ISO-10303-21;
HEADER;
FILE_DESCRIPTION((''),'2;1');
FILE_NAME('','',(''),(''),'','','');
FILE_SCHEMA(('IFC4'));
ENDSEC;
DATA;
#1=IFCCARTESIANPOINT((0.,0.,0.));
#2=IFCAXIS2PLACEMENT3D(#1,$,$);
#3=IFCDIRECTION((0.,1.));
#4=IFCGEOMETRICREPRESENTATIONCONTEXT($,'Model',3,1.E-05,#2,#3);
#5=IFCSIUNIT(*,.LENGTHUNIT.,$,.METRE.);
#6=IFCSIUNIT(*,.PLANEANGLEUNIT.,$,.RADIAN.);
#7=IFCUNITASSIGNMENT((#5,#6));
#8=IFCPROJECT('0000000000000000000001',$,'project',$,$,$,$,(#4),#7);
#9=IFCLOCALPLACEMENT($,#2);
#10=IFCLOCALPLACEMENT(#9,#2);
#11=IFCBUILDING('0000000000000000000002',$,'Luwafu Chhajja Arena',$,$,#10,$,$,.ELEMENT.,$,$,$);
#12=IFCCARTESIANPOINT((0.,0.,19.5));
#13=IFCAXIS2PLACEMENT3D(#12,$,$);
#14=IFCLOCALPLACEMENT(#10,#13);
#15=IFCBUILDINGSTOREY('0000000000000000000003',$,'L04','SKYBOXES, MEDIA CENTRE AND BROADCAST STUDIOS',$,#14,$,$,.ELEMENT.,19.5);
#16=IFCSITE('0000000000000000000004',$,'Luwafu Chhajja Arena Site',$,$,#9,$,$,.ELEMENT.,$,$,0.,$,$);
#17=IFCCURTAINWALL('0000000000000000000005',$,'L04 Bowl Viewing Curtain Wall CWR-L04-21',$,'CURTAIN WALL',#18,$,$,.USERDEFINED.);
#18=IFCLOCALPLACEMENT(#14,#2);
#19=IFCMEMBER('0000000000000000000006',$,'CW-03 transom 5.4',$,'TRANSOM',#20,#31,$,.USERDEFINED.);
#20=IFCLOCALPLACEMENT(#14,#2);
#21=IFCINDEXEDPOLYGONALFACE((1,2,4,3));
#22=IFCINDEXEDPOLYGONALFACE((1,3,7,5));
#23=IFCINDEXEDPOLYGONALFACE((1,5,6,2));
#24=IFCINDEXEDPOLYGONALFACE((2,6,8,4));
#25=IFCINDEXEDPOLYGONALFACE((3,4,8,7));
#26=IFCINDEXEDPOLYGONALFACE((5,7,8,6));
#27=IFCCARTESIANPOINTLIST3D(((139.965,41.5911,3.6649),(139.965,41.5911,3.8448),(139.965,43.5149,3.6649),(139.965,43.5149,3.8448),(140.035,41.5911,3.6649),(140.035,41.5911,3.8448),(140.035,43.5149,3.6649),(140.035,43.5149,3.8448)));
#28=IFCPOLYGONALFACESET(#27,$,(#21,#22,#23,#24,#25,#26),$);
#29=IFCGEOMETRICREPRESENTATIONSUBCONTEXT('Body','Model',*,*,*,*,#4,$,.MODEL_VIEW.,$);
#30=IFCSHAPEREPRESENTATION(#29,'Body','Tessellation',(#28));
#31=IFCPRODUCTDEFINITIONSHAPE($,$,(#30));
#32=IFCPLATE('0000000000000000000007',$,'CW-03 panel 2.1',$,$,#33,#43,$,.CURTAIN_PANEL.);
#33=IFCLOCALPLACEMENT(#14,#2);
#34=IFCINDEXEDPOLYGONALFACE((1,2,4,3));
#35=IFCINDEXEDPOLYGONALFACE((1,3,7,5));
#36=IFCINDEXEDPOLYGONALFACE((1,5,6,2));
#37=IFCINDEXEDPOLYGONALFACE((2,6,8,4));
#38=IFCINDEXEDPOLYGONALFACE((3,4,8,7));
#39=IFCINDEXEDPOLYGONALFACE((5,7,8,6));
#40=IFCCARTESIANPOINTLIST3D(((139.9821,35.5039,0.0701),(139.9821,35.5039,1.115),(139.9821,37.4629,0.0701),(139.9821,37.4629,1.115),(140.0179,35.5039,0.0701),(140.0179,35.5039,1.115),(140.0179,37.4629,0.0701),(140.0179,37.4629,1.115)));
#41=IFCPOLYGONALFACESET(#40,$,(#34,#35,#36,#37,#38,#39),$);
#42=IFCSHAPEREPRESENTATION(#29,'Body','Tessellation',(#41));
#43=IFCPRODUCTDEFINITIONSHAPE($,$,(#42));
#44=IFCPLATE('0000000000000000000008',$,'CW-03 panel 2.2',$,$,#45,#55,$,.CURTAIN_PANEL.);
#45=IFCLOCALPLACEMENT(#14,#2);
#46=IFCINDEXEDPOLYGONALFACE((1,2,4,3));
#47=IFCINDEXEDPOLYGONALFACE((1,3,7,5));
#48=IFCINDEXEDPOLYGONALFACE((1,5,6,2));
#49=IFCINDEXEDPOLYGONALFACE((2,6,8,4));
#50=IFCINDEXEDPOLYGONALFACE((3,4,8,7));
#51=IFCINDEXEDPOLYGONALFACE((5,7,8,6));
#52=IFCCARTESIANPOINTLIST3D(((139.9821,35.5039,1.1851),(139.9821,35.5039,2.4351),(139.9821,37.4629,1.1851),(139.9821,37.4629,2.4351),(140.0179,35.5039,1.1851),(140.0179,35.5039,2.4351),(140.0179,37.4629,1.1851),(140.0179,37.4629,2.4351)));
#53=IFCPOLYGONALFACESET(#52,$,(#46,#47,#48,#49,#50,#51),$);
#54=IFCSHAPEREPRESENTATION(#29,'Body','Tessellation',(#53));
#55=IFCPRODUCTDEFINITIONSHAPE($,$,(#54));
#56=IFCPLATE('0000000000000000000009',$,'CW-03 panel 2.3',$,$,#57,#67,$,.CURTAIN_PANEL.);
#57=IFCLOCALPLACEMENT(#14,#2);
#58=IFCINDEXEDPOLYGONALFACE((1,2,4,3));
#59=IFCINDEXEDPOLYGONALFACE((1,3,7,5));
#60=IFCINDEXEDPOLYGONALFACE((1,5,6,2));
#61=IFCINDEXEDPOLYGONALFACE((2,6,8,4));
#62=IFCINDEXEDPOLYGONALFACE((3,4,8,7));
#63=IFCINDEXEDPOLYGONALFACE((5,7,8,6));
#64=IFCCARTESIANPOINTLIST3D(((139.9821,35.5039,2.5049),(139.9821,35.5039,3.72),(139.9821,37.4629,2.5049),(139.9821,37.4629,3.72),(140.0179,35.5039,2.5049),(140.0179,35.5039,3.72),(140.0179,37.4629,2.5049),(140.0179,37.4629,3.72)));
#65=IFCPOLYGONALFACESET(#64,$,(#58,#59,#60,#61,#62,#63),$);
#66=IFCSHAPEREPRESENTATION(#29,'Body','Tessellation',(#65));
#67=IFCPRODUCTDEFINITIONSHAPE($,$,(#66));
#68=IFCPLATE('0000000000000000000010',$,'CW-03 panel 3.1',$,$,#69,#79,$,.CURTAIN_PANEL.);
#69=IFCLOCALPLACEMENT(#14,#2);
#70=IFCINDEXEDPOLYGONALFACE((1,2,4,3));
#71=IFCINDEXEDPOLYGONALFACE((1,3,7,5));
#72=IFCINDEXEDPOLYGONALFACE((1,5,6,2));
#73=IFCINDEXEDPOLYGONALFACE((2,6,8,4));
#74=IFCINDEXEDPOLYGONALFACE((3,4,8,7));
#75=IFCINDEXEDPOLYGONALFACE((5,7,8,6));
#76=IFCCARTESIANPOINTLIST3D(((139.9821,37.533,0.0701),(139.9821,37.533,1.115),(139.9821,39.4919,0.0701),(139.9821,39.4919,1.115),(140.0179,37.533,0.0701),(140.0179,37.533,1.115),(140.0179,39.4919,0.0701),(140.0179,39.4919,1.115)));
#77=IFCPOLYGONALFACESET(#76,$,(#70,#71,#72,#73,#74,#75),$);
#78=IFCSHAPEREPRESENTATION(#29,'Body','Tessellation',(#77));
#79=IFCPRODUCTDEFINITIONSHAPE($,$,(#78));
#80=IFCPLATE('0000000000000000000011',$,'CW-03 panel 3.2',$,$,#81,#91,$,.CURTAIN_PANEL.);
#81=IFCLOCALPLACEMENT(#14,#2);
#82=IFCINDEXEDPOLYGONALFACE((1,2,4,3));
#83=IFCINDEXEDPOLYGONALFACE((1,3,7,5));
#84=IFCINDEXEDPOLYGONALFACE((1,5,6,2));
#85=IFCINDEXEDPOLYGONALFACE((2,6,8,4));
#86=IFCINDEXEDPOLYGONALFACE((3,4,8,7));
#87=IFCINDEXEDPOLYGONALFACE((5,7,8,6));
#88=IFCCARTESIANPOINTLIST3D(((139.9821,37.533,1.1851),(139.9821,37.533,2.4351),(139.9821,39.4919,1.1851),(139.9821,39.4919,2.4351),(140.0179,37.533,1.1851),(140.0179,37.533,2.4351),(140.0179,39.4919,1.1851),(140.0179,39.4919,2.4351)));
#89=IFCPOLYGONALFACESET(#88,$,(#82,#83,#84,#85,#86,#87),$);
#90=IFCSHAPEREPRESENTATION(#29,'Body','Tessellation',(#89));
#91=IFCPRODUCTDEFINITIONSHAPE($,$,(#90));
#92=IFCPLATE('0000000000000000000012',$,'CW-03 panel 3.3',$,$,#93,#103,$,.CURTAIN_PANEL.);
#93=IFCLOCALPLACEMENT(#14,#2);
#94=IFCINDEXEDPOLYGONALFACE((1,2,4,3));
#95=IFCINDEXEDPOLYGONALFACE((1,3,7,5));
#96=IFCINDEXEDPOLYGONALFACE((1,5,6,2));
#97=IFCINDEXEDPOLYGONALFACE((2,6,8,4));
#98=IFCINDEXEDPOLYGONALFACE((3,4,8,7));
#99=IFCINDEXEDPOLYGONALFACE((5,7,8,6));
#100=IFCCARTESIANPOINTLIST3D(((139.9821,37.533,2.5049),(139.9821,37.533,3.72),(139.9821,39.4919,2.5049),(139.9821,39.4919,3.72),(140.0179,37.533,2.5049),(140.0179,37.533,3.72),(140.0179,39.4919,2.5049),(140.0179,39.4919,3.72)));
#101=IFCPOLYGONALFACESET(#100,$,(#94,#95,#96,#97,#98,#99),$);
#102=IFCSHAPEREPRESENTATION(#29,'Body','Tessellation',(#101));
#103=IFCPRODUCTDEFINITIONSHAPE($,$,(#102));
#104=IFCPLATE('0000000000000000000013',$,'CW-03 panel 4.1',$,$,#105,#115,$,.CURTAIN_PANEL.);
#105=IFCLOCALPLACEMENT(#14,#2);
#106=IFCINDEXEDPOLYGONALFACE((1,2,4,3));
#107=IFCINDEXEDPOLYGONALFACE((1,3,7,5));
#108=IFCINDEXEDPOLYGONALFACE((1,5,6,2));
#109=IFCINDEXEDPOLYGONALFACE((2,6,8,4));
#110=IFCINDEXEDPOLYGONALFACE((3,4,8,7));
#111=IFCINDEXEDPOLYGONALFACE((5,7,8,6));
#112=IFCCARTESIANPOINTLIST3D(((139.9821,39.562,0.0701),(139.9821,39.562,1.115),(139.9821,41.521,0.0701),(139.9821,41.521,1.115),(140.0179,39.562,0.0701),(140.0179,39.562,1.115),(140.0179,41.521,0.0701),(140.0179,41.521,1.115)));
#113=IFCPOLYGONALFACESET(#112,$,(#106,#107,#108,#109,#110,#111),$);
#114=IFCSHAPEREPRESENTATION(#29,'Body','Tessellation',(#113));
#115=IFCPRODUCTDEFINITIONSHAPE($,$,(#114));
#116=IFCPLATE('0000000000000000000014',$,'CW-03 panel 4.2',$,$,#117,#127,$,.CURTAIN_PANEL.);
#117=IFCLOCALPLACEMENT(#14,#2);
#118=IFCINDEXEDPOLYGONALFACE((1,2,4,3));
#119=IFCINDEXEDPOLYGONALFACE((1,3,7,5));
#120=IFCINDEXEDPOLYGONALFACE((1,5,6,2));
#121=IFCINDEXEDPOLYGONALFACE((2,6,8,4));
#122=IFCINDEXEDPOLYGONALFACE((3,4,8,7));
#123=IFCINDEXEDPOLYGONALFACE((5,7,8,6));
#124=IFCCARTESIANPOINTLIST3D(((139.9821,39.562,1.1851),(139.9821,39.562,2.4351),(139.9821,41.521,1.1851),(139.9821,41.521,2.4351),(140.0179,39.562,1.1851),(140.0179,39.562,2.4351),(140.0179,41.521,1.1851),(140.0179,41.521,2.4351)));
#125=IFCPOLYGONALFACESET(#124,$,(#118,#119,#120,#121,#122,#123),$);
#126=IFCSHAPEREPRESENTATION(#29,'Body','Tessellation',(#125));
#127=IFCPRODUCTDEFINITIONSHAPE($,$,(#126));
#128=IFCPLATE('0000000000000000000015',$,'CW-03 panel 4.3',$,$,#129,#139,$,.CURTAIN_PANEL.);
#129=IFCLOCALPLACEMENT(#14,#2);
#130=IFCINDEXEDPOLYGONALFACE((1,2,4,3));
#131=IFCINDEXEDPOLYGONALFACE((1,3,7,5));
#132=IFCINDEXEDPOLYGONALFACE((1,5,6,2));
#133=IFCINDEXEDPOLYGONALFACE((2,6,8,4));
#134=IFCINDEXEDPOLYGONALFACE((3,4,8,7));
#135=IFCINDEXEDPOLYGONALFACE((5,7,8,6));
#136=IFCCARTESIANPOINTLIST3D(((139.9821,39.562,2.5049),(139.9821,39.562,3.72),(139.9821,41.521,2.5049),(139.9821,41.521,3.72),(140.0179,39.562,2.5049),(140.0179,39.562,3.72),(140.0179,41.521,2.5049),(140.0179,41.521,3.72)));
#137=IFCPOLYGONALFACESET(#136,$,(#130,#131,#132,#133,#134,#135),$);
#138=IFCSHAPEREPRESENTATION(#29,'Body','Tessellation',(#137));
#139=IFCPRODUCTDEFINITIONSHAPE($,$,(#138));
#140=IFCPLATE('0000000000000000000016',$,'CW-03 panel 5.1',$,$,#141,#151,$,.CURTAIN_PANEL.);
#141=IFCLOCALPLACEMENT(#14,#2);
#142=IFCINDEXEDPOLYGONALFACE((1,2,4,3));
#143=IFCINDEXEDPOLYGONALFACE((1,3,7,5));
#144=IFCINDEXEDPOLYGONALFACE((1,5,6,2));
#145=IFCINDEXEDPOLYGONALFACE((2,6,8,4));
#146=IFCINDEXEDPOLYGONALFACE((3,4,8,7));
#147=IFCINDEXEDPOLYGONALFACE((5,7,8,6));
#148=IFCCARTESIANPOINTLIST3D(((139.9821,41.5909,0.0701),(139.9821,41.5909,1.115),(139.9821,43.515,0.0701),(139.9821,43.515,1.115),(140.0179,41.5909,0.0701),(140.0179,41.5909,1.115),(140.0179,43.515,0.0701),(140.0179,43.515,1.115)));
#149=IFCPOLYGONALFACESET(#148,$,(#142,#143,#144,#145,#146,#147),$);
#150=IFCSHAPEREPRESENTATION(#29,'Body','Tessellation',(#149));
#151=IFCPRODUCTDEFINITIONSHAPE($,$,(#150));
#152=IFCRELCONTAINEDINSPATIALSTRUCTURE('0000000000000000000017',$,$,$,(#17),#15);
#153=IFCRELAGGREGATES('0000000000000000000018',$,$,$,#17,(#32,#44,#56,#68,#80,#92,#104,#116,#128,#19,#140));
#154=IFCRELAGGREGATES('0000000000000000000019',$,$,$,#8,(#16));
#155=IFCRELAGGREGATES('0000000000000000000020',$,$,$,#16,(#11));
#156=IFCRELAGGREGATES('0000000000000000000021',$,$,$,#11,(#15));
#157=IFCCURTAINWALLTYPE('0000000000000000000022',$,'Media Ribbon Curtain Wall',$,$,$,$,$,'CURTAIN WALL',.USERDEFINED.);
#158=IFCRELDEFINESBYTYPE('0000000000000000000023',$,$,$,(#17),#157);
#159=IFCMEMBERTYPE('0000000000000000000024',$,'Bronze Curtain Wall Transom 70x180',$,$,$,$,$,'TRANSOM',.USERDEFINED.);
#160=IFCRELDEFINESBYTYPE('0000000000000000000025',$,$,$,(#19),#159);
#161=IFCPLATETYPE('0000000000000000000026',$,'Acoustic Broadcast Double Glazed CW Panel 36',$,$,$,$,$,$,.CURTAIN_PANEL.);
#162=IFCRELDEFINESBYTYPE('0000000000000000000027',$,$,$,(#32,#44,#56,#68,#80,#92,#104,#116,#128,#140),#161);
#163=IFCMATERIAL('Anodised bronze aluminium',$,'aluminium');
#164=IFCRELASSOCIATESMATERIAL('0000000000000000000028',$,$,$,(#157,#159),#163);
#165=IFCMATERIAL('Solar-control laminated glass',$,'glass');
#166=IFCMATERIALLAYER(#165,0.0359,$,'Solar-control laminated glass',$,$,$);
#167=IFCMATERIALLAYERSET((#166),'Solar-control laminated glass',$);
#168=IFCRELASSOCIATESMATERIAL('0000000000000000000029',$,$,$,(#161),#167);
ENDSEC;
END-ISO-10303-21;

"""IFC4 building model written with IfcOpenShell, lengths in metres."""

from ifc_helpers import new_model, si_unit, direction, frame, origin, origin_2d, place, context, subcontext, project, spatial, rectangle, extrude, material, layer, layer_set, material_profile, profile_set, type_object, element, aggregate, save


model = new_model("IFC4")

# Units and contexts
model_context = context("Model", 3, precision=1e-05, world=origin(), true_north=direction((0.0, 1.0)))
body_context = subcontext(model_context, "Body", "Model", "MODEL_VIEW")
ifc_project = project(units=[si_unit("LENGTHUNIT", "METRE"), si_unit("PLANEANGLEUNIT", "RADIAN")], contexts=[model_context])

# Site, building, storey
site_placement = place(None, origin())
site = spatial("IfcSite", under=ifc_project, at=site_placement, Name="Luwafu Chhajja Arena Site", CompositionType="ELEMENT", RefElevation=0.0)
building_placement = place(site_placement, origin())
building = spatial("IfcBuilding", under=site, at=building_placement, Name="Luwafu Chhajja Arena", CompositionType="ELEMENT")
storey_placement = place(building_placement, frame((0.0, 0.0, 19.5)))
storey = spatial("IfcBuildingStorey", under=building, at=storey_placement, Name="L04", Description="SKYBOXES, MEDIA CENTRE AND BROADCAST STUDIOS", CompositionType="ELEMENT", Elevation=19.5)

# Curtain wall, member, plates
ifc_material_1 = material(Name="Anodised bronze aluminium", Category="aluminium")
curtain_wall_type = type_object("IfcCurtainWallType", Name="Media Ribbon Curtain Wall", ElementType="CURTAIN WALL", PredefinedType="USERDEFINED", material=ifc_material_1)
curtain_wall_placement = place(storey_placement, origin())
curtain_wall = element("IfcCurtainWall", 1, at=curtain_wall_placement, inside=storey, type_object=curtain_wall_type, Name="L04 Bowl Viewing Curtain Wall CWR-L04-21", ObjectType="CURTAIN WALL", PredefinedType="USERDEFINED")
ifc_material_profile_1 = material_profile(ifc_material_1, rectangle(XDim=0.0701, YDim=0.1799, at=origin_2d()), Name="CWT 70x180")
ifc_profile_set_1 = profile_set([ifc_material_profile_1], Name="Anodised bronze aluminium")
member_type_1 = type_object("IfcMemberType", Name="Bronze Curtain Wall Transom 70x180", ElementType="TRANSOM", PredefinedType="USERDEFINED", material=ifc_profile_set_1)
member_1_placement = place(storey_placement, frame((140.0, 41.5911, 3.7549), z_axis=(0.0, 1.0, 0.0), x_axis=(-1.0, 0.0, 0.0)))
member_1 = element("IfcMember", 2, at=member_1_placement, type_object=member_type_1, Name="CW-03 transom 5.4", ObjectType="TRANSOM", PredefinedType="USERDEFINED", context=body_context, shape_type="SweptSolid", body=[
    extrude(rectangle(XDim=0.0701, YDim=0.1799, at=origin_2d()), origin(), (0.0, 0.0, 1.0), 1.9238),
])
ifc_material_2 = material(Name="Solar-control laminated glass", Category="glass")
ifc_layer = layer(ifc_material_2, 0.0359, Name="Solar-control laminated glass")
ifc_layer_set = layer_set([ifc_layer], Name="Solar-control laminated glass")
plate_type = type_object("IfcPlateType", Name="Acoustic Broadcast Double Glazed CW Panel 36", PredefinedType="CURTAIN_PANEL", material=ifc_layer_set)
plate_1_placement = place(storey_placement, frame((140.0, 36.4834, 0.0701), z_axis=(0.0, 0.0, 1.0), x_axis=(0.0, 1.0, 0.0)))
plate_1 = element("IfcPlate", 3, at=plate_1_placement, type_object=plate_type, Name="CW-03 panel 2.1", PredefinedType="CURTAIN_PANEL", context=body_context, shape_type="SweptSolid", body=[
    extrude(rectangle(XDim=1.959, YDim=0.0359, at=origin_2d()), origin(), (0.0, 0.0, 1.0), 1.0449),
])
plate_2_placement = place(storey_placement, frame((140.0, 36.4834, 1.1851), z_axis=(0.0, 0.0, 1.0), x_axis=(0.0, 1.0, 0.0)))
plate_2 = element("IfcPlate", 4, at=plate_2_placement, type_object=plate_type, Name="CW-03 panel 2.2", PredefinedType="CURTAIN_PANEL", context=body_context, shape_type="SweptSolid", body=[
    extrude(rectangle(XDim=1.959, YDim=0.0359, at=origin_2d()), origin(), (0.0, 0.0, 1.0), 1.25),
])
plate_3_placement = place(storey_placement, frame((140.0, 36.4834, 2.5049), z_axis=(0.0, 0.0, 1.0), x_axis=(0.0, 1.0, 0.0)))
plate_3 = element("IfcPlate", 5, at=plate_3_placement, type_object=plate_type, Name="CW-03 panel 2.3", PredefinedType="CURTAIN_PANEL", context=body_context, shape_type="SweptSolid", body=[
    extrude(rectangle(XDim=1.959, YDim=0.0359, at=origin_2d()), origin(), (0.0, 0.0, 1.0), 1.2151),
])
plate_4_placement = place(storey_placement, frame((140.0, 38.5125, 0.0701), z_axis=(0.0, 0.0, 1.0), x_axis=(0.0, 1.0, 0.0)))
plate_4 = element("IfcPlate", 6, at=plate_4_placement, type_object=plate_type, Name="CW-03 panel 3.1", PredefinedType="CURTAIN_PANEL", context=body_context, shape_type="SweptSolid", body=[
    extrude(rectangle(XDim=1.959, YDim=0.0359, at=origin_2d()), origin(), (0.0, 0.0, 1.0), 1.0449),
])
plate_5_placement = place(storey_placement, frame((140.0, 38.5125, 1.1851), z_axis=(0.0, 0.0, 1.0), x_axis=(0.0, 1.0, 0.0)))
plate_5 = element("IfcPlate", 7, at=plate_5_placement, type_object=plate_type, Name="CW-03 panel 3.2", PredefinedType="CURTAIN_PANEL", context=body_context, shape_type="SweptSolid", body=[
    extrude(rectangle(XDim=1.959, YDim=0.0359, at=origin_2d()), origin(), (0.0, 0.0, 1.0), 1.25),
])
plate_6_placement = place(storey_placement, frame((140.0, 38.5125, 2.5049), z_axis=(0.0, 0.0, 1.0), x_axis=(0.0, 1.0, 0.0)))
plate_6 = element("IfcPlate", 8, at=plate_6_placement, type_object=plate_type, Name="CW-03 panel 3.3", PredefinedType="CURTAIN_PANEL", context=body_context, shape_type="SweptSolid", body=[
    extrude(rectangle(XDim=1.959, YDim=0.0359, at=origin_2d()), origin(), (0.0, 0.0, 1.0), 1.2151),
])
plate_7_placement = place(storey_placement, frame((140.0, 40.5415, 0.0701), z_axis=(0.0, 0.0, 1.0), x_axis=(0.0, 1.0, 0.0)))
plate_7 = element("IfcPlate", 9, at=plate_7_placement, type_object=plate_type, Name="CW-03 panel 4.1", PredefinedType="CURTAIN_PANEL", context=body_context, shape_type="SweptSolid", body=[
    extrude(rectangle(XDim=1.959, YDim=0.0359, at=origin_2d()), origin(), (0.0, 0.0, 1.0), 1.0449),
])
plate_8_placement = place(storey_placement, frame((140.0, 40.5415, 1.1851), z_axis=(0.0, 0.0, 1.0), x_axis=(0.0, 1.0, 0.0)))
plate_8 = element("IfcPlate", 10, at=plate_8_placement, type_object=plate_type, Name="CW-03 panel 4.2", PredefinedType="CURTAIN_PANEL", context=body_context, shape_type="SweptSolid", body=[
    extrude(rectangle(XDim=1.959, YDim=0.0359, at=origin_2d()), origin(), (0.0, 0.0, 1.0), 1.25),
])
plate_9_placement = place(storey_placement, frame((140.0, 40.5415, 2.5049), z_axis=(0.0, 0.0, 1.0), x_axis=(0.0, 1.0, 0.0)))
plate_9 = element("IfcPlate", 11, at=plate_9_placement, type_object=plate_type, Name="CW-03 panel 4.3", PredefinedType="CURTAIN_PANEL", context=body_context, shape_type="SweptSolid", body=[
    extrude(rectangle(XDim=1.959, YDim=0.0359, at=origin_2d()), origin(), (0.0, 0.0, 1.0), 1.2151),
])
plate_10_placement = place(storey_placement, frame((140.0, 42.553, 0.0701), z_axis=(0.0, 0.0, 1.0), x_axis=(0.0, 1.0, 0.0)))
plate_10 = element("IfcPlate", 12, at=plate_10_placement, type_object=plate_type, Name="CW-03 panel 5.1", PredefinedType="CURTAIN_PANEL", context=body_context, shape_type="SweptSolid", body=[
    extrude(rectangle(XDim=1.9241, YDim=0.0359, at=origin_2d()), origin(), (0.0, 0.0, 1.0), 1.0449),
])
aggregate(curtain_wall, [plate_1, plate_2, plate_3, plate_4, plate_5, plate_6, plate_7, plate_8, plate_9, member_1, plate_10])

save(model, "model.ifc")
